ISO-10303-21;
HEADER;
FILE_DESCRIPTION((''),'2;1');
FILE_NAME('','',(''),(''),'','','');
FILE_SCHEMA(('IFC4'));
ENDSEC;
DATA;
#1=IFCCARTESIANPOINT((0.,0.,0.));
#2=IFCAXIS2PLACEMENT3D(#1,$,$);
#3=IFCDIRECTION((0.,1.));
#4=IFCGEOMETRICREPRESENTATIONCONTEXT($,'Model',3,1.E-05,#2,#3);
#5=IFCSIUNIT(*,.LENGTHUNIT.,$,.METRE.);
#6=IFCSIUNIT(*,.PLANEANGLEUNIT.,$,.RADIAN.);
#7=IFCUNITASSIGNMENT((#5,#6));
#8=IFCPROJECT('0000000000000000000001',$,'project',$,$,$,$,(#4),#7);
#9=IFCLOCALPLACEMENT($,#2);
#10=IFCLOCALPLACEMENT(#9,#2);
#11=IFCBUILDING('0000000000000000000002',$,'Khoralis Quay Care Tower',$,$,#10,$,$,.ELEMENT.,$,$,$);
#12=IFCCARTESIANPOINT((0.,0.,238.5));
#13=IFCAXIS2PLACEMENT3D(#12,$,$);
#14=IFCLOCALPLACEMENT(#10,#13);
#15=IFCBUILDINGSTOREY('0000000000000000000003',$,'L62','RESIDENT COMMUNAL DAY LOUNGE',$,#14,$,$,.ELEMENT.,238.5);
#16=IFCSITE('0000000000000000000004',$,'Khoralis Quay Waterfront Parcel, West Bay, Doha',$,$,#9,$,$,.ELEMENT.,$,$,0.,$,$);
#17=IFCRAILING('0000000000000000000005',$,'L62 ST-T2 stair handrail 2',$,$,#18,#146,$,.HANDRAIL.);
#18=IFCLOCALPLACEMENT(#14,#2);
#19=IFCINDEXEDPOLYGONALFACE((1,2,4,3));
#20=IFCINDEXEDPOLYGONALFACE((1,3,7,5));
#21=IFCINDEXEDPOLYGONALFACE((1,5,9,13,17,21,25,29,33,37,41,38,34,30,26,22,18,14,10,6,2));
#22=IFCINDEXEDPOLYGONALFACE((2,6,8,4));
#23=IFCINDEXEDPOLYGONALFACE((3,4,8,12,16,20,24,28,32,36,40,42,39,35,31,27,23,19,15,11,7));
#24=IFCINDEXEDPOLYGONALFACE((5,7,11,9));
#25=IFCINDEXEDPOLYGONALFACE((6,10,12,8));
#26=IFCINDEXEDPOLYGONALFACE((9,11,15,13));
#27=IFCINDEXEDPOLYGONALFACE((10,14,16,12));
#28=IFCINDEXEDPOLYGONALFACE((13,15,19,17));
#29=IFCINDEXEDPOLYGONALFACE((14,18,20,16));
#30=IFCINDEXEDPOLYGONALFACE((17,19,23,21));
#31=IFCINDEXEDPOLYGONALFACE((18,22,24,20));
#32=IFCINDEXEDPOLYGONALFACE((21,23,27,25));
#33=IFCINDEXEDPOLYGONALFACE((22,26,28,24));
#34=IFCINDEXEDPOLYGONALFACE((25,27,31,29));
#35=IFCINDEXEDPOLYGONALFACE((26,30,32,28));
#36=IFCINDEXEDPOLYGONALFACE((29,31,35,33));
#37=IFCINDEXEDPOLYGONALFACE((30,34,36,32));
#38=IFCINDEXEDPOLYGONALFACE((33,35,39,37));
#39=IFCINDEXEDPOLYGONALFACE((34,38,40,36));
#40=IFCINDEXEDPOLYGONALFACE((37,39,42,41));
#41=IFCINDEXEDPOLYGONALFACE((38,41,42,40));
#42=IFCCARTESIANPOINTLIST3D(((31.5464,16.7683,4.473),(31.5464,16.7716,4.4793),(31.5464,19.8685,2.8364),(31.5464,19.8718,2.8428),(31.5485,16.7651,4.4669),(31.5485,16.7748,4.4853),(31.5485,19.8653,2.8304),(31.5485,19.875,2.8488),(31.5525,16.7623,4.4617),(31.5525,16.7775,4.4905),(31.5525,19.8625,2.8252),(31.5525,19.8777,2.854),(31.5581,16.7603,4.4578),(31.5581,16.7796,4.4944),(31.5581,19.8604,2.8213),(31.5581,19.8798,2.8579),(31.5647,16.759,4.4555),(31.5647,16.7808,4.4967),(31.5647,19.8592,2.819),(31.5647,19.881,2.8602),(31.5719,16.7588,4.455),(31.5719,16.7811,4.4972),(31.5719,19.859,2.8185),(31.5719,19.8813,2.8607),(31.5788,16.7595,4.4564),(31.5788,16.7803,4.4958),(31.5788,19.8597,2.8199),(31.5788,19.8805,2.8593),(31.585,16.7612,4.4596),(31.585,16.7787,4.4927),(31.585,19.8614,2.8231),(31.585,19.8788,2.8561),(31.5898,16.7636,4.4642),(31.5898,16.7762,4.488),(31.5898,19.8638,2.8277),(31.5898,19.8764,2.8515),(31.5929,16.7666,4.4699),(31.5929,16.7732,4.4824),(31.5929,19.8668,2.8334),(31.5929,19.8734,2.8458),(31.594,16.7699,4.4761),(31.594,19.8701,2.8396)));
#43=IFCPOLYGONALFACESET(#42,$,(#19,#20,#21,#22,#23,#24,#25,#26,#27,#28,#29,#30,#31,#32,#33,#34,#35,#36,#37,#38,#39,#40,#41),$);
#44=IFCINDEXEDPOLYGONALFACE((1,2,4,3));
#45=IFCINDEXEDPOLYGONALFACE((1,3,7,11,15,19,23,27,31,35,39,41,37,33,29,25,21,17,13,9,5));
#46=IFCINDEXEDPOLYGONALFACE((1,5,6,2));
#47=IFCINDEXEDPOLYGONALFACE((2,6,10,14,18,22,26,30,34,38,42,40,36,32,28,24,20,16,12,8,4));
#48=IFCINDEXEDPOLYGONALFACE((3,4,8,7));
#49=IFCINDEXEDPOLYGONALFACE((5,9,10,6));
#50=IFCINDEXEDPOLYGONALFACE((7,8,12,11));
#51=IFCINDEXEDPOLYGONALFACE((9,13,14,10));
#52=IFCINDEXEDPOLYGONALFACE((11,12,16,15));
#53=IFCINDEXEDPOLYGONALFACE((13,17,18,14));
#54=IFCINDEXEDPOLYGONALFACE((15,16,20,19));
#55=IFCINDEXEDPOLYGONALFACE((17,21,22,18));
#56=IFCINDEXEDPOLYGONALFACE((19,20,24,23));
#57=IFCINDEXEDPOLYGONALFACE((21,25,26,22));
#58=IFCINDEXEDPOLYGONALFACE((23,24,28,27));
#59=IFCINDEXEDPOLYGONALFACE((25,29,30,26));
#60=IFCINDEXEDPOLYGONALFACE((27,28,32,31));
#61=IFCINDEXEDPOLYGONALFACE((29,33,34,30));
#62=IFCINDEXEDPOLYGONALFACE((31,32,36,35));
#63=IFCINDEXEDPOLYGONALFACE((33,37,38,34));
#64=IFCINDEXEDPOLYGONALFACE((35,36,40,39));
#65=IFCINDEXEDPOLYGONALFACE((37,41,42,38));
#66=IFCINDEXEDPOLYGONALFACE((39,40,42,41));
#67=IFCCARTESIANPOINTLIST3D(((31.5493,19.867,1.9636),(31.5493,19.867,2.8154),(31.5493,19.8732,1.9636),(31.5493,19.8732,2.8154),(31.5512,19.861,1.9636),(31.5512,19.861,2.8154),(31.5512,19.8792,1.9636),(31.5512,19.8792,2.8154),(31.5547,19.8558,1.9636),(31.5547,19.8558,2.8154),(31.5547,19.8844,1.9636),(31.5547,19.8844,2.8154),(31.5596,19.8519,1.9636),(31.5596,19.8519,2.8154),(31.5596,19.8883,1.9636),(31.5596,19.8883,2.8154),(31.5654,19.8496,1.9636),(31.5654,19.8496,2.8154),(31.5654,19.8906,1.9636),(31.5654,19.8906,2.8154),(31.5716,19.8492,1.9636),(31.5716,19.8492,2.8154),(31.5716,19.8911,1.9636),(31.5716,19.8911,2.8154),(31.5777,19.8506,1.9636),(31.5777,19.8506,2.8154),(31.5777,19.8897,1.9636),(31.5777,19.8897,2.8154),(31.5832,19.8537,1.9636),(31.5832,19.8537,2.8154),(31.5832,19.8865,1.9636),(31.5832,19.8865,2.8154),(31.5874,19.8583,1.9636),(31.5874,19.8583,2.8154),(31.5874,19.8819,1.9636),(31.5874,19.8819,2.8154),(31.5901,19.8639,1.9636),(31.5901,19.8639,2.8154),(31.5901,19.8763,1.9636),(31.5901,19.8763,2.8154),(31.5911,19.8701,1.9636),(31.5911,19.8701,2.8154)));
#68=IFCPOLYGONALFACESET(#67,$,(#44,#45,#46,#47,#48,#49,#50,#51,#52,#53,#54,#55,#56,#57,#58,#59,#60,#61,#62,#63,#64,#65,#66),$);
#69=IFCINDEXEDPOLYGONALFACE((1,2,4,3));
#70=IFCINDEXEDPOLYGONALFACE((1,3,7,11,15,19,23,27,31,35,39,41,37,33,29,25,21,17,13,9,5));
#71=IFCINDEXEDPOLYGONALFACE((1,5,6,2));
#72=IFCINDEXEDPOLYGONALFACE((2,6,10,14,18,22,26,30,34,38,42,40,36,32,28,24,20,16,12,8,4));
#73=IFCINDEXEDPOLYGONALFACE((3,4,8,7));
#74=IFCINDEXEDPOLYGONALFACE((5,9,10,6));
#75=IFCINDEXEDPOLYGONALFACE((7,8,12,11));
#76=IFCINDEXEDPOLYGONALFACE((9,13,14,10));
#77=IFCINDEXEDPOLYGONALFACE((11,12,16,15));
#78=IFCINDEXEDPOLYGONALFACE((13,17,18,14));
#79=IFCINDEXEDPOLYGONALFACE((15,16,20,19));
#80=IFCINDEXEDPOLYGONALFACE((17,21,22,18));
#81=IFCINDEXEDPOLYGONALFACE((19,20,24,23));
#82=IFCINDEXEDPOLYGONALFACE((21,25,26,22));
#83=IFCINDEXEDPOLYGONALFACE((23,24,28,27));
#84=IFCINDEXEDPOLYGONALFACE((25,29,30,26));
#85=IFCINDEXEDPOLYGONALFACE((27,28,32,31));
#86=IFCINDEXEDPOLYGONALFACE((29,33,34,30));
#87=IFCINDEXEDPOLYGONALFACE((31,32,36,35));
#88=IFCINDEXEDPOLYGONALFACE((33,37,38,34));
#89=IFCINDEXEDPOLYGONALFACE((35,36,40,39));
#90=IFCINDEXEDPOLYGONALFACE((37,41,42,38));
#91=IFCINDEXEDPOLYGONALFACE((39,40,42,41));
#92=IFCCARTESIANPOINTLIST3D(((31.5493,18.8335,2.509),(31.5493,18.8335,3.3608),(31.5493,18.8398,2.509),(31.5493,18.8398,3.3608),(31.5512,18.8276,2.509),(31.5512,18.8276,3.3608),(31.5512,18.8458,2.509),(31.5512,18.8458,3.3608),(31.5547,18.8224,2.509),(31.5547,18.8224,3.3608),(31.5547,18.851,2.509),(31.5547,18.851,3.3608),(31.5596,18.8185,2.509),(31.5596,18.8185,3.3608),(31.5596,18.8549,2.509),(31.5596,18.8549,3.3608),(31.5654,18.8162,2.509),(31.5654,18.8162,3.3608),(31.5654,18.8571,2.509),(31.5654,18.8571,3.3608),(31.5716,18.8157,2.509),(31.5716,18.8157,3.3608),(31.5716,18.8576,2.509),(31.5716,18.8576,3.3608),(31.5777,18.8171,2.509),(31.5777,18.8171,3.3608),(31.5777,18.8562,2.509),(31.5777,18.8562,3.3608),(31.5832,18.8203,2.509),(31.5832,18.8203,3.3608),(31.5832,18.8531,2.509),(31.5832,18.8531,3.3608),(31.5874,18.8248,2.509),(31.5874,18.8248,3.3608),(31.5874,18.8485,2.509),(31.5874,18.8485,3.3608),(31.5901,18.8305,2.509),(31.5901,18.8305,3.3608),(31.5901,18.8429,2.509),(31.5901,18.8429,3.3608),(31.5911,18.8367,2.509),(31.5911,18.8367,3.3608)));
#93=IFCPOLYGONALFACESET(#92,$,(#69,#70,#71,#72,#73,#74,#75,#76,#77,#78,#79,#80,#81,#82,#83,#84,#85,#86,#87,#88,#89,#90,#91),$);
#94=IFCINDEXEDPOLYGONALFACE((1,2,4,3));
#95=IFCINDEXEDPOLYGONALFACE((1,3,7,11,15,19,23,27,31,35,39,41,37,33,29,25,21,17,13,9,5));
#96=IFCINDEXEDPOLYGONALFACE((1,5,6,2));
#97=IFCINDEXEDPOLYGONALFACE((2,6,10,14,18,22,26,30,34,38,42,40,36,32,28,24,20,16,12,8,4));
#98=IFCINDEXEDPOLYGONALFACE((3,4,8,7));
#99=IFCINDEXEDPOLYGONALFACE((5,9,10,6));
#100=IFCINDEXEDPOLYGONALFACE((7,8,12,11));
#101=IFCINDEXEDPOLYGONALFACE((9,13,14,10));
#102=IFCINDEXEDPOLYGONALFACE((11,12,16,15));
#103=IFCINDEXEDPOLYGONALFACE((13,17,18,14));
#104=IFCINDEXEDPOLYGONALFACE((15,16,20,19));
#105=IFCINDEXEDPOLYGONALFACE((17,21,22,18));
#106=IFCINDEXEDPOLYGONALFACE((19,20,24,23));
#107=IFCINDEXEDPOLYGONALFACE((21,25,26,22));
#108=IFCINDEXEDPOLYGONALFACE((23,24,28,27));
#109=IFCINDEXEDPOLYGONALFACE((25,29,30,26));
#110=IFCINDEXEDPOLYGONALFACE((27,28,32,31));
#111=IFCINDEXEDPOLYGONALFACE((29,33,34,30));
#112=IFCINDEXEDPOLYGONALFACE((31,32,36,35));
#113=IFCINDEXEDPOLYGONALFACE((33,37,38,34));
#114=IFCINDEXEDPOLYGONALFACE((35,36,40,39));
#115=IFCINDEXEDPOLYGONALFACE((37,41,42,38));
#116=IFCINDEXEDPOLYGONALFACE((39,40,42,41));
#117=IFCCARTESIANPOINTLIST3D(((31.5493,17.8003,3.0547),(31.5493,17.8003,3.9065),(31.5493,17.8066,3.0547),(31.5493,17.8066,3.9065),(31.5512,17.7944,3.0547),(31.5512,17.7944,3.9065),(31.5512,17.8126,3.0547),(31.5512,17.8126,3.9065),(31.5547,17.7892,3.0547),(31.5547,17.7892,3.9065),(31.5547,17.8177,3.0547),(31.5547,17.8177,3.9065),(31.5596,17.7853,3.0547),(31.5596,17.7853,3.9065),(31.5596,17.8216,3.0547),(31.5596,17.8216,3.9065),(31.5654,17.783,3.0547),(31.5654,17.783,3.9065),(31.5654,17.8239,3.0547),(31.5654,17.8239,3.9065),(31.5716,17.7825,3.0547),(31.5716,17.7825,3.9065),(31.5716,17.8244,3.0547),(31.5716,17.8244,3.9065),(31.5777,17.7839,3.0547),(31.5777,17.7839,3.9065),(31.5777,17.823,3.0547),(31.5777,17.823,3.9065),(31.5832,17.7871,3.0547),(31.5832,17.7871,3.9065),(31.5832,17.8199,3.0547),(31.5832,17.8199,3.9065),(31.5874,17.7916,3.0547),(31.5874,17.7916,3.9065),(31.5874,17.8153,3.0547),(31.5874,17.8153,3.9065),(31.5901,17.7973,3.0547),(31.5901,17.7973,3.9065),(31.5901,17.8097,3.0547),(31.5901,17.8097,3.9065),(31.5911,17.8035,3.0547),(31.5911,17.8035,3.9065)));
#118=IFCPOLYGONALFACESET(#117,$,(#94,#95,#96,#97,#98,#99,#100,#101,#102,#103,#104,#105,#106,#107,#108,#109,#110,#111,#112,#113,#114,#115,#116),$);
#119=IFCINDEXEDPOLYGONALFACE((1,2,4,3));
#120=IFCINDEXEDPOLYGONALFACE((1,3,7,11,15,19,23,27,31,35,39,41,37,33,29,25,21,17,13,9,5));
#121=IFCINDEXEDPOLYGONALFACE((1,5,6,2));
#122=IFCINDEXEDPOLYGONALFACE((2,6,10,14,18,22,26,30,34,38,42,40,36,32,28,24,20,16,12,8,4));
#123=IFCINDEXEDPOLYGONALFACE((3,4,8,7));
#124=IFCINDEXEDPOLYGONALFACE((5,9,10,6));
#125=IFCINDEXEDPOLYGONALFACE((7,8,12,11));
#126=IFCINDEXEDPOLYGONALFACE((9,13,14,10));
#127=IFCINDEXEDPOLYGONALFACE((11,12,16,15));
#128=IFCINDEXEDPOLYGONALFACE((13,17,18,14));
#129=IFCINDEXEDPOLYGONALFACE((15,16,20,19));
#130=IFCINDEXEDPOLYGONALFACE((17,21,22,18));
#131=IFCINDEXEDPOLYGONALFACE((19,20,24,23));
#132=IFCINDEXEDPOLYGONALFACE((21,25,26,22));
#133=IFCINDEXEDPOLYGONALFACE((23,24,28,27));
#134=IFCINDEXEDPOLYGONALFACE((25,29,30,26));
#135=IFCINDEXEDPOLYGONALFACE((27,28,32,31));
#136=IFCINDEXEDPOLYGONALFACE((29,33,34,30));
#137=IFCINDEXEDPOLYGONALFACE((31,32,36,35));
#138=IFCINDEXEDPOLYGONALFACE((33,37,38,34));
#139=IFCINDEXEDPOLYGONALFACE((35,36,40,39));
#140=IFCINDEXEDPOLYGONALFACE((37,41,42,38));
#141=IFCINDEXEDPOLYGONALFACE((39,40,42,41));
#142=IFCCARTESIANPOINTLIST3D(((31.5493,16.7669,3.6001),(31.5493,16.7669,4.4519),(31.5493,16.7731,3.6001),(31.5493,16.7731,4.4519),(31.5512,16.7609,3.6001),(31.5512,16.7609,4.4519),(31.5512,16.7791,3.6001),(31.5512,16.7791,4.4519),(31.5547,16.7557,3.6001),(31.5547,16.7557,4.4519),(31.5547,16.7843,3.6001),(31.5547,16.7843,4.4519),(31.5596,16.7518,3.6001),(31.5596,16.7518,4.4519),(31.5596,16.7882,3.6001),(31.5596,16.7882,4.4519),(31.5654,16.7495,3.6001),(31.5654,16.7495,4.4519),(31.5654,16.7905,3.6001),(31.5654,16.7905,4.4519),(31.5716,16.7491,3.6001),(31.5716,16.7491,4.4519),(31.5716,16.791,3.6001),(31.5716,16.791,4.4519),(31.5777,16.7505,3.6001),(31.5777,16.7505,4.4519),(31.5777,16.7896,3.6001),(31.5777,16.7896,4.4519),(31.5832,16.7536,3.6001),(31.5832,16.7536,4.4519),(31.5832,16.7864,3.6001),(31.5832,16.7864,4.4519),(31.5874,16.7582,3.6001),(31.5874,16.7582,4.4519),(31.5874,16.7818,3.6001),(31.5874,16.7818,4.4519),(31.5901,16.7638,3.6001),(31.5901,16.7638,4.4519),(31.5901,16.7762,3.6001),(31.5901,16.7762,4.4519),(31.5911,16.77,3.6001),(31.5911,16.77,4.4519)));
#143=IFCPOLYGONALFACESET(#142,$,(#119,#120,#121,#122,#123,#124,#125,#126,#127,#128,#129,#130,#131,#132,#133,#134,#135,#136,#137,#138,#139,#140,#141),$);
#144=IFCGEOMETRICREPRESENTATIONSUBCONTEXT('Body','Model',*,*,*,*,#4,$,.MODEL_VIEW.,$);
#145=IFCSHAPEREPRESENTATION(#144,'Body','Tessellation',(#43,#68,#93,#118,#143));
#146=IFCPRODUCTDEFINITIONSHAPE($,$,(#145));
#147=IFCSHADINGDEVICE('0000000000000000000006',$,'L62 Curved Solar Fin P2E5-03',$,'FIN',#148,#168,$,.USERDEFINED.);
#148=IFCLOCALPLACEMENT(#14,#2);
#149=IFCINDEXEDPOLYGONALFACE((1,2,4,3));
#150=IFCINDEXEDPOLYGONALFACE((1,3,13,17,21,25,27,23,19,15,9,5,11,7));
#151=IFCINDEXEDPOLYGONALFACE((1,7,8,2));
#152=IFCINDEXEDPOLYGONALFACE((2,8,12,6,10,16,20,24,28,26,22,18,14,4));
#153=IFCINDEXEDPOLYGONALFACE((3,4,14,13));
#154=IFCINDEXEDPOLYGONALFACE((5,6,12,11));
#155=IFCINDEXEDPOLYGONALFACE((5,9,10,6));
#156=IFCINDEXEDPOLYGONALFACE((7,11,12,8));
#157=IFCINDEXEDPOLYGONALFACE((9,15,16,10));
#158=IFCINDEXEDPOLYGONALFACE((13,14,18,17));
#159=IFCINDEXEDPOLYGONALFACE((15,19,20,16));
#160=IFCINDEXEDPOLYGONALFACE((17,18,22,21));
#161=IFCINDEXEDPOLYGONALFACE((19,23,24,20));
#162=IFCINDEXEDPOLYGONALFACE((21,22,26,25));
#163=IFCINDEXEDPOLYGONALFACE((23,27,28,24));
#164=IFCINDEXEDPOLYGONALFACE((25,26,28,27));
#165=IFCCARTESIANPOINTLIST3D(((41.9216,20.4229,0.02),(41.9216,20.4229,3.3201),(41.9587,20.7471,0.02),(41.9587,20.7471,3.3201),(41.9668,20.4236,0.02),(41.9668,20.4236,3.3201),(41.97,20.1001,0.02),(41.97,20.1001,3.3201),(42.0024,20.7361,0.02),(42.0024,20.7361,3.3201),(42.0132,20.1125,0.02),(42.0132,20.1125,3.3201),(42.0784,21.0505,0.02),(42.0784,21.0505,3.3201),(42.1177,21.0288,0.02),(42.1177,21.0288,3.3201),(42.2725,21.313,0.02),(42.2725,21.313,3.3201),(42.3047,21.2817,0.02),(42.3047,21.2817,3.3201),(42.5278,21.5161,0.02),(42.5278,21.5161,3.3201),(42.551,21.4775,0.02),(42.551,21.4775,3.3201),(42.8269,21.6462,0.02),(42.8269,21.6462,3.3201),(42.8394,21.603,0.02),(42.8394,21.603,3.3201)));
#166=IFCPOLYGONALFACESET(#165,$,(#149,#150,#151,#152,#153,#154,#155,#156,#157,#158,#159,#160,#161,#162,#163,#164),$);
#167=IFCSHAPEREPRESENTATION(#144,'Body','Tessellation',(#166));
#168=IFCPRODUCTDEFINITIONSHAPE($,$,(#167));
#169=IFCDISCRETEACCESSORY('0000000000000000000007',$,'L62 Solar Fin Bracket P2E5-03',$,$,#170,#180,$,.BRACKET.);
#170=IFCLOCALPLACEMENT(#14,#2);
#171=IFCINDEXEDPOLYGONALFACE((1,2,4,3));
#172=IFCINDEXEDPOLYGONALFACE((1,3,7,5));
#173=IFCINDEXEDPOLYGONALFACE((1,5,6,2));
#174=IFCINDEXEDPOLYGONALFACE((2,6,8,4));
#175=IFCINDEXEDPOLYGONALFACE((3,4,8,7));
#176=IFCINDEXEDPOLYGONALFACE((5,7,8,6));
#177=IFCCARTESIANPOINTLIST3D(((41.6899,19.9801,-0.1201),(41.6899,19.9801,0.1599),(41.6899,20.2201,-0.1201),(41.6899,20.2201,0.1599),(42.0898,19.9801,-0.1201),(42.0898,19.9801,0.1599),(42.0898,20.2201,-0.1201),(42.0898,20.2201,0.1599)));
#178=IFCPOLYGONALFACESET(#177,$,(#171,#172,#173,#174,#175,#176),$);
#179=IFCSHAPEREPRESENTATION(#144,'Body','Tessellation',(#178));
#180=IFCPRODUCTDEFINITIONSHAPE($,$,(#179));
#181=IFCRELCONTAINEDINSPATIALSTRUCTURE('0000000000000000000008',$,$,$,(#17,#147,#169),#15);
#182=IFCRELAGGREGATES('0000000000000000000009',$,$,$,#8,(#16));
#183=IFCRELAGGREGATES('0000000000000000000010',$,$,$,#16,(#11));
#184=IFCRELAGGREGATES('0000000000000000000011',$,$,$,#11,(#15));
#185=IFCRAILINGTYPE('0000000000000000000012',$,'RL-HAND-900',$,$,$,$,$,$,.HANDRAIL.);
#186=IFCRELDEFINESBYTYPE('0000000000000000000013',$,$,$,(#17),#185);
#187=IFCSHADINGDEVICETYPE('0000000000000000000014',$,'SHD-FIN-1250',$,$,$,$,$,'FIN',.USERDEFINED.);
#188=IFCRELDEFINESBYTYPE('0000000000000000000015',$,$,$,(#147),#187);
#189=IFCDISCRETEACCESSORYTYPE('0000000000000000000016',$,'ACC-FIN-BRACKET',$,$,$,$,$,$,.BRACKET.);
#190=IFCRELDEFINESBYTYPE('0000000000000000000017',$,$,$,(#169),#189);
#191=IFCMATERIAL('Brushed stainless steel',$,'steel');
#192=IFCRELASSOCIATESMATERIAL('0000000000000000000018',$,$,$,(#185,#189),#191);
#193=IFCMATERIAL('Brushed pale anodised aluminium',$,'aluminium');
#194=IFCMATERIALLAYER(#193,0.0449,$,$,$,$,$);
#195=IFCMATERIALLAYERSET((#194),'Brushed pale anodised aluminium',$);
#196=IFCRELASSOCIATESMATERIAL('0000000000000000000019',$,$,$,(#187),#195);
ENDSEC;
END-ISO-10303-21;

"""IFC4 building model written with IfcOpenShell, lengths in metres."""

from ifc_helpers import new_model, si_unit, direction, frame, origin, origin_2d, place, context, subcontext, project, spatial, polyline, rectangle, circle, outline, extrude, source, transform, mapped, material, layer, layer_set, type_object, element, save


model = new_model("IFC4")

# Units and contexts
model_context = context("Model", 3, precision=1e-05, world=origin(), true_north=direction((0.0, 1.0)))
body_context = subcontext(model_context, "Body", "Model", "MODEL_VIEW")
ifc_project = project(units=[si_unit("LENGTHUNIT", "METRE"), si_unit("PLANEANGLEUNIT", "RADIAN")], contexts=[model_context])

# Site, building, storey
site_placement = place(None, origin())
site = spatial("IfcSite", under=ifc_project, at=site_placement, Name="Khoralis Quay Waterfront Parcel, West Bay, Doha", CompositionType="ELEMENT", RefElevation=0.0)
building_placement = place(site_placement, origin())
building = spatial("IfcBuilding", under=site, at=building_placement, Name="Khoralis Quay Care Tower", CompositionType="ELEMENT")
storey_placement = place(building_placement, frame((0.0, 0.0, 238.5)))
storey = spatial("IfcBuildingStorey", under=building, at=storey_placement, Name="L62", Description="RESIDENT COMMUNAL DAY LOUNGE", CompositionType="ELEMENT", Elevation=238.5)

# Railing
ifc_material_1 = material(Name="Brushed stainless steel", Category="steel")
railing_type_1 = type_object("IfcRailingType", Name="RL-HAND-900", PredefinedType="HANDRAIL", material=ifc_material_1)
railing_1_placement = place(storey_placement, frame((31.5701, 19.8701, 1.9636)))
element("IfcRailing", 1, at=railing_1_placement, inside=storey, type_object=railing_type_1, Name="L62 ST-T2 stair handrail 2", PredefinedType="HANDRAIL", context=body_context, shape_type="SweptSolid", body=[
    extrude(circle(Radius=0.0239, at=origin_2d()), frame((0.0, 0.0, 0.876), z_axis=(0.0, -0.884348, 0.466828), x_axis=(1.0, 0.0, 0.0)), (0.0, 0.0, 1.0), 3.5056),
    extrude(circle(Radius=0.021, at=origin_2d()), origin(), (0.0, 0.0, 1.0), 0.8518),
    extrude(circle(Radius=0.021, at=origin_2d()), frame((0.0, -1.0334, 0.5454)), (0.0, 0.0, 1.0), 0.8518),
    extrude(circle(Radius=0.021, at=origin_2d()), frame((0.0, -2.0667, 1.0911)), (0.0, 0.0, 1.0), 0.8518),
    extrude(circle(Radius=0.021, at=origin_2d()), frame((0.0, -3.1001, 1.6365)), (0.0, 0.0, 1.0), 0.8518),
])

# Shading device
ifc_material_2 = material(Name="Brushed pale anodised aluminium", Category="aluminium")
ifc_layer_1 = layer(ifc_material_2, 0.0449)
ifc_layer_set_1 = layer_set([ifc_layer_1], Name="Brushed pale anodised aluminium")
shading_device_type = type_object("IfcShadingDeviceType", Name="SHD-FIN-1250", ElementType="FIN", PredefinedType="USERDEFINED", material=ifc_layer_set_1)
shared_shape_1 = source(origin(), body_context, "Body", "SweptSolid", [
    extrude(outline(polyline([(0.0, 0.0), (-0.0483, 0.3228), (-0.0112, 0.647), (0.1084, 0.9504), (0.3025, 1.2129), (0.5579, 1.416), (0.8569, 1.5461), (0.8694, 1.5029), (0.5811, 1.3774), (0.3347, 1.1816), (0.1477, 0.9287), (0.0325, 0.636), (-0.0032, 0.3235), (0.0432, 0.0125), (0.0, 0.0)])), origin(), (0.0, 0.0, 1.0), 3.3),
])
shading_device_placement = place(storey_placement, frame((41.97, 20.1001, 0.02), z_axis=(0.0, 0.0, 1.0), x_axis=(1.0, 0.0, 0.0)))
element("IfcShadingDevice", 2, at=shading_device_placement, inside=storey, type_object=shading_device_type, Name="L62 Curved Solar Fin P2E5-03", ObjectType="FIN", PredefinedType="USERDEFINED", context=body_context, shape_type="MappedRepresentation", body=[
    mapped(shared_shape_1, transform((0.0, 0.0, 0.0), scale=1.0)),
])

# Discrete accessory
discrete_accessory_type = type_object("IfcDiscreteAccessoryType", Name="ACC-FIN-BRACKET", PredefinedType="BRACKET", material=ifc_material_1)
shared_shape_2 = source(origin(), body_context, "Body", "SweptSolid", [
    extrude(rectangle(XDim=0.3999, YDim=0.24, at=origin_2d()), origin(), (0.0, 0.0, 1.0), 0.28),
])
discrete_accessory_placement = place(storey_placement, frame((41.8899, 20.1001, -0.1201), z_axis=(0.0, 0.0, 1.0), x_axis=(1.0, 0.0, 0.0)))
element("IfcDiscreteAccessory", 3, at=discrete_accessory_placement, inside=storey, type_object=discrete_accessory_type, Name="L62 Solar Fin Bracket P2E5-03", PredefinedType="BRACKET", context=body_context, shape_type="MappedRepresentation", body=[
    mapped(shared_shape_2, transform((0.0, 0.0, 0.0), scale=1.0)),
])

save(model, "model.ifc")
